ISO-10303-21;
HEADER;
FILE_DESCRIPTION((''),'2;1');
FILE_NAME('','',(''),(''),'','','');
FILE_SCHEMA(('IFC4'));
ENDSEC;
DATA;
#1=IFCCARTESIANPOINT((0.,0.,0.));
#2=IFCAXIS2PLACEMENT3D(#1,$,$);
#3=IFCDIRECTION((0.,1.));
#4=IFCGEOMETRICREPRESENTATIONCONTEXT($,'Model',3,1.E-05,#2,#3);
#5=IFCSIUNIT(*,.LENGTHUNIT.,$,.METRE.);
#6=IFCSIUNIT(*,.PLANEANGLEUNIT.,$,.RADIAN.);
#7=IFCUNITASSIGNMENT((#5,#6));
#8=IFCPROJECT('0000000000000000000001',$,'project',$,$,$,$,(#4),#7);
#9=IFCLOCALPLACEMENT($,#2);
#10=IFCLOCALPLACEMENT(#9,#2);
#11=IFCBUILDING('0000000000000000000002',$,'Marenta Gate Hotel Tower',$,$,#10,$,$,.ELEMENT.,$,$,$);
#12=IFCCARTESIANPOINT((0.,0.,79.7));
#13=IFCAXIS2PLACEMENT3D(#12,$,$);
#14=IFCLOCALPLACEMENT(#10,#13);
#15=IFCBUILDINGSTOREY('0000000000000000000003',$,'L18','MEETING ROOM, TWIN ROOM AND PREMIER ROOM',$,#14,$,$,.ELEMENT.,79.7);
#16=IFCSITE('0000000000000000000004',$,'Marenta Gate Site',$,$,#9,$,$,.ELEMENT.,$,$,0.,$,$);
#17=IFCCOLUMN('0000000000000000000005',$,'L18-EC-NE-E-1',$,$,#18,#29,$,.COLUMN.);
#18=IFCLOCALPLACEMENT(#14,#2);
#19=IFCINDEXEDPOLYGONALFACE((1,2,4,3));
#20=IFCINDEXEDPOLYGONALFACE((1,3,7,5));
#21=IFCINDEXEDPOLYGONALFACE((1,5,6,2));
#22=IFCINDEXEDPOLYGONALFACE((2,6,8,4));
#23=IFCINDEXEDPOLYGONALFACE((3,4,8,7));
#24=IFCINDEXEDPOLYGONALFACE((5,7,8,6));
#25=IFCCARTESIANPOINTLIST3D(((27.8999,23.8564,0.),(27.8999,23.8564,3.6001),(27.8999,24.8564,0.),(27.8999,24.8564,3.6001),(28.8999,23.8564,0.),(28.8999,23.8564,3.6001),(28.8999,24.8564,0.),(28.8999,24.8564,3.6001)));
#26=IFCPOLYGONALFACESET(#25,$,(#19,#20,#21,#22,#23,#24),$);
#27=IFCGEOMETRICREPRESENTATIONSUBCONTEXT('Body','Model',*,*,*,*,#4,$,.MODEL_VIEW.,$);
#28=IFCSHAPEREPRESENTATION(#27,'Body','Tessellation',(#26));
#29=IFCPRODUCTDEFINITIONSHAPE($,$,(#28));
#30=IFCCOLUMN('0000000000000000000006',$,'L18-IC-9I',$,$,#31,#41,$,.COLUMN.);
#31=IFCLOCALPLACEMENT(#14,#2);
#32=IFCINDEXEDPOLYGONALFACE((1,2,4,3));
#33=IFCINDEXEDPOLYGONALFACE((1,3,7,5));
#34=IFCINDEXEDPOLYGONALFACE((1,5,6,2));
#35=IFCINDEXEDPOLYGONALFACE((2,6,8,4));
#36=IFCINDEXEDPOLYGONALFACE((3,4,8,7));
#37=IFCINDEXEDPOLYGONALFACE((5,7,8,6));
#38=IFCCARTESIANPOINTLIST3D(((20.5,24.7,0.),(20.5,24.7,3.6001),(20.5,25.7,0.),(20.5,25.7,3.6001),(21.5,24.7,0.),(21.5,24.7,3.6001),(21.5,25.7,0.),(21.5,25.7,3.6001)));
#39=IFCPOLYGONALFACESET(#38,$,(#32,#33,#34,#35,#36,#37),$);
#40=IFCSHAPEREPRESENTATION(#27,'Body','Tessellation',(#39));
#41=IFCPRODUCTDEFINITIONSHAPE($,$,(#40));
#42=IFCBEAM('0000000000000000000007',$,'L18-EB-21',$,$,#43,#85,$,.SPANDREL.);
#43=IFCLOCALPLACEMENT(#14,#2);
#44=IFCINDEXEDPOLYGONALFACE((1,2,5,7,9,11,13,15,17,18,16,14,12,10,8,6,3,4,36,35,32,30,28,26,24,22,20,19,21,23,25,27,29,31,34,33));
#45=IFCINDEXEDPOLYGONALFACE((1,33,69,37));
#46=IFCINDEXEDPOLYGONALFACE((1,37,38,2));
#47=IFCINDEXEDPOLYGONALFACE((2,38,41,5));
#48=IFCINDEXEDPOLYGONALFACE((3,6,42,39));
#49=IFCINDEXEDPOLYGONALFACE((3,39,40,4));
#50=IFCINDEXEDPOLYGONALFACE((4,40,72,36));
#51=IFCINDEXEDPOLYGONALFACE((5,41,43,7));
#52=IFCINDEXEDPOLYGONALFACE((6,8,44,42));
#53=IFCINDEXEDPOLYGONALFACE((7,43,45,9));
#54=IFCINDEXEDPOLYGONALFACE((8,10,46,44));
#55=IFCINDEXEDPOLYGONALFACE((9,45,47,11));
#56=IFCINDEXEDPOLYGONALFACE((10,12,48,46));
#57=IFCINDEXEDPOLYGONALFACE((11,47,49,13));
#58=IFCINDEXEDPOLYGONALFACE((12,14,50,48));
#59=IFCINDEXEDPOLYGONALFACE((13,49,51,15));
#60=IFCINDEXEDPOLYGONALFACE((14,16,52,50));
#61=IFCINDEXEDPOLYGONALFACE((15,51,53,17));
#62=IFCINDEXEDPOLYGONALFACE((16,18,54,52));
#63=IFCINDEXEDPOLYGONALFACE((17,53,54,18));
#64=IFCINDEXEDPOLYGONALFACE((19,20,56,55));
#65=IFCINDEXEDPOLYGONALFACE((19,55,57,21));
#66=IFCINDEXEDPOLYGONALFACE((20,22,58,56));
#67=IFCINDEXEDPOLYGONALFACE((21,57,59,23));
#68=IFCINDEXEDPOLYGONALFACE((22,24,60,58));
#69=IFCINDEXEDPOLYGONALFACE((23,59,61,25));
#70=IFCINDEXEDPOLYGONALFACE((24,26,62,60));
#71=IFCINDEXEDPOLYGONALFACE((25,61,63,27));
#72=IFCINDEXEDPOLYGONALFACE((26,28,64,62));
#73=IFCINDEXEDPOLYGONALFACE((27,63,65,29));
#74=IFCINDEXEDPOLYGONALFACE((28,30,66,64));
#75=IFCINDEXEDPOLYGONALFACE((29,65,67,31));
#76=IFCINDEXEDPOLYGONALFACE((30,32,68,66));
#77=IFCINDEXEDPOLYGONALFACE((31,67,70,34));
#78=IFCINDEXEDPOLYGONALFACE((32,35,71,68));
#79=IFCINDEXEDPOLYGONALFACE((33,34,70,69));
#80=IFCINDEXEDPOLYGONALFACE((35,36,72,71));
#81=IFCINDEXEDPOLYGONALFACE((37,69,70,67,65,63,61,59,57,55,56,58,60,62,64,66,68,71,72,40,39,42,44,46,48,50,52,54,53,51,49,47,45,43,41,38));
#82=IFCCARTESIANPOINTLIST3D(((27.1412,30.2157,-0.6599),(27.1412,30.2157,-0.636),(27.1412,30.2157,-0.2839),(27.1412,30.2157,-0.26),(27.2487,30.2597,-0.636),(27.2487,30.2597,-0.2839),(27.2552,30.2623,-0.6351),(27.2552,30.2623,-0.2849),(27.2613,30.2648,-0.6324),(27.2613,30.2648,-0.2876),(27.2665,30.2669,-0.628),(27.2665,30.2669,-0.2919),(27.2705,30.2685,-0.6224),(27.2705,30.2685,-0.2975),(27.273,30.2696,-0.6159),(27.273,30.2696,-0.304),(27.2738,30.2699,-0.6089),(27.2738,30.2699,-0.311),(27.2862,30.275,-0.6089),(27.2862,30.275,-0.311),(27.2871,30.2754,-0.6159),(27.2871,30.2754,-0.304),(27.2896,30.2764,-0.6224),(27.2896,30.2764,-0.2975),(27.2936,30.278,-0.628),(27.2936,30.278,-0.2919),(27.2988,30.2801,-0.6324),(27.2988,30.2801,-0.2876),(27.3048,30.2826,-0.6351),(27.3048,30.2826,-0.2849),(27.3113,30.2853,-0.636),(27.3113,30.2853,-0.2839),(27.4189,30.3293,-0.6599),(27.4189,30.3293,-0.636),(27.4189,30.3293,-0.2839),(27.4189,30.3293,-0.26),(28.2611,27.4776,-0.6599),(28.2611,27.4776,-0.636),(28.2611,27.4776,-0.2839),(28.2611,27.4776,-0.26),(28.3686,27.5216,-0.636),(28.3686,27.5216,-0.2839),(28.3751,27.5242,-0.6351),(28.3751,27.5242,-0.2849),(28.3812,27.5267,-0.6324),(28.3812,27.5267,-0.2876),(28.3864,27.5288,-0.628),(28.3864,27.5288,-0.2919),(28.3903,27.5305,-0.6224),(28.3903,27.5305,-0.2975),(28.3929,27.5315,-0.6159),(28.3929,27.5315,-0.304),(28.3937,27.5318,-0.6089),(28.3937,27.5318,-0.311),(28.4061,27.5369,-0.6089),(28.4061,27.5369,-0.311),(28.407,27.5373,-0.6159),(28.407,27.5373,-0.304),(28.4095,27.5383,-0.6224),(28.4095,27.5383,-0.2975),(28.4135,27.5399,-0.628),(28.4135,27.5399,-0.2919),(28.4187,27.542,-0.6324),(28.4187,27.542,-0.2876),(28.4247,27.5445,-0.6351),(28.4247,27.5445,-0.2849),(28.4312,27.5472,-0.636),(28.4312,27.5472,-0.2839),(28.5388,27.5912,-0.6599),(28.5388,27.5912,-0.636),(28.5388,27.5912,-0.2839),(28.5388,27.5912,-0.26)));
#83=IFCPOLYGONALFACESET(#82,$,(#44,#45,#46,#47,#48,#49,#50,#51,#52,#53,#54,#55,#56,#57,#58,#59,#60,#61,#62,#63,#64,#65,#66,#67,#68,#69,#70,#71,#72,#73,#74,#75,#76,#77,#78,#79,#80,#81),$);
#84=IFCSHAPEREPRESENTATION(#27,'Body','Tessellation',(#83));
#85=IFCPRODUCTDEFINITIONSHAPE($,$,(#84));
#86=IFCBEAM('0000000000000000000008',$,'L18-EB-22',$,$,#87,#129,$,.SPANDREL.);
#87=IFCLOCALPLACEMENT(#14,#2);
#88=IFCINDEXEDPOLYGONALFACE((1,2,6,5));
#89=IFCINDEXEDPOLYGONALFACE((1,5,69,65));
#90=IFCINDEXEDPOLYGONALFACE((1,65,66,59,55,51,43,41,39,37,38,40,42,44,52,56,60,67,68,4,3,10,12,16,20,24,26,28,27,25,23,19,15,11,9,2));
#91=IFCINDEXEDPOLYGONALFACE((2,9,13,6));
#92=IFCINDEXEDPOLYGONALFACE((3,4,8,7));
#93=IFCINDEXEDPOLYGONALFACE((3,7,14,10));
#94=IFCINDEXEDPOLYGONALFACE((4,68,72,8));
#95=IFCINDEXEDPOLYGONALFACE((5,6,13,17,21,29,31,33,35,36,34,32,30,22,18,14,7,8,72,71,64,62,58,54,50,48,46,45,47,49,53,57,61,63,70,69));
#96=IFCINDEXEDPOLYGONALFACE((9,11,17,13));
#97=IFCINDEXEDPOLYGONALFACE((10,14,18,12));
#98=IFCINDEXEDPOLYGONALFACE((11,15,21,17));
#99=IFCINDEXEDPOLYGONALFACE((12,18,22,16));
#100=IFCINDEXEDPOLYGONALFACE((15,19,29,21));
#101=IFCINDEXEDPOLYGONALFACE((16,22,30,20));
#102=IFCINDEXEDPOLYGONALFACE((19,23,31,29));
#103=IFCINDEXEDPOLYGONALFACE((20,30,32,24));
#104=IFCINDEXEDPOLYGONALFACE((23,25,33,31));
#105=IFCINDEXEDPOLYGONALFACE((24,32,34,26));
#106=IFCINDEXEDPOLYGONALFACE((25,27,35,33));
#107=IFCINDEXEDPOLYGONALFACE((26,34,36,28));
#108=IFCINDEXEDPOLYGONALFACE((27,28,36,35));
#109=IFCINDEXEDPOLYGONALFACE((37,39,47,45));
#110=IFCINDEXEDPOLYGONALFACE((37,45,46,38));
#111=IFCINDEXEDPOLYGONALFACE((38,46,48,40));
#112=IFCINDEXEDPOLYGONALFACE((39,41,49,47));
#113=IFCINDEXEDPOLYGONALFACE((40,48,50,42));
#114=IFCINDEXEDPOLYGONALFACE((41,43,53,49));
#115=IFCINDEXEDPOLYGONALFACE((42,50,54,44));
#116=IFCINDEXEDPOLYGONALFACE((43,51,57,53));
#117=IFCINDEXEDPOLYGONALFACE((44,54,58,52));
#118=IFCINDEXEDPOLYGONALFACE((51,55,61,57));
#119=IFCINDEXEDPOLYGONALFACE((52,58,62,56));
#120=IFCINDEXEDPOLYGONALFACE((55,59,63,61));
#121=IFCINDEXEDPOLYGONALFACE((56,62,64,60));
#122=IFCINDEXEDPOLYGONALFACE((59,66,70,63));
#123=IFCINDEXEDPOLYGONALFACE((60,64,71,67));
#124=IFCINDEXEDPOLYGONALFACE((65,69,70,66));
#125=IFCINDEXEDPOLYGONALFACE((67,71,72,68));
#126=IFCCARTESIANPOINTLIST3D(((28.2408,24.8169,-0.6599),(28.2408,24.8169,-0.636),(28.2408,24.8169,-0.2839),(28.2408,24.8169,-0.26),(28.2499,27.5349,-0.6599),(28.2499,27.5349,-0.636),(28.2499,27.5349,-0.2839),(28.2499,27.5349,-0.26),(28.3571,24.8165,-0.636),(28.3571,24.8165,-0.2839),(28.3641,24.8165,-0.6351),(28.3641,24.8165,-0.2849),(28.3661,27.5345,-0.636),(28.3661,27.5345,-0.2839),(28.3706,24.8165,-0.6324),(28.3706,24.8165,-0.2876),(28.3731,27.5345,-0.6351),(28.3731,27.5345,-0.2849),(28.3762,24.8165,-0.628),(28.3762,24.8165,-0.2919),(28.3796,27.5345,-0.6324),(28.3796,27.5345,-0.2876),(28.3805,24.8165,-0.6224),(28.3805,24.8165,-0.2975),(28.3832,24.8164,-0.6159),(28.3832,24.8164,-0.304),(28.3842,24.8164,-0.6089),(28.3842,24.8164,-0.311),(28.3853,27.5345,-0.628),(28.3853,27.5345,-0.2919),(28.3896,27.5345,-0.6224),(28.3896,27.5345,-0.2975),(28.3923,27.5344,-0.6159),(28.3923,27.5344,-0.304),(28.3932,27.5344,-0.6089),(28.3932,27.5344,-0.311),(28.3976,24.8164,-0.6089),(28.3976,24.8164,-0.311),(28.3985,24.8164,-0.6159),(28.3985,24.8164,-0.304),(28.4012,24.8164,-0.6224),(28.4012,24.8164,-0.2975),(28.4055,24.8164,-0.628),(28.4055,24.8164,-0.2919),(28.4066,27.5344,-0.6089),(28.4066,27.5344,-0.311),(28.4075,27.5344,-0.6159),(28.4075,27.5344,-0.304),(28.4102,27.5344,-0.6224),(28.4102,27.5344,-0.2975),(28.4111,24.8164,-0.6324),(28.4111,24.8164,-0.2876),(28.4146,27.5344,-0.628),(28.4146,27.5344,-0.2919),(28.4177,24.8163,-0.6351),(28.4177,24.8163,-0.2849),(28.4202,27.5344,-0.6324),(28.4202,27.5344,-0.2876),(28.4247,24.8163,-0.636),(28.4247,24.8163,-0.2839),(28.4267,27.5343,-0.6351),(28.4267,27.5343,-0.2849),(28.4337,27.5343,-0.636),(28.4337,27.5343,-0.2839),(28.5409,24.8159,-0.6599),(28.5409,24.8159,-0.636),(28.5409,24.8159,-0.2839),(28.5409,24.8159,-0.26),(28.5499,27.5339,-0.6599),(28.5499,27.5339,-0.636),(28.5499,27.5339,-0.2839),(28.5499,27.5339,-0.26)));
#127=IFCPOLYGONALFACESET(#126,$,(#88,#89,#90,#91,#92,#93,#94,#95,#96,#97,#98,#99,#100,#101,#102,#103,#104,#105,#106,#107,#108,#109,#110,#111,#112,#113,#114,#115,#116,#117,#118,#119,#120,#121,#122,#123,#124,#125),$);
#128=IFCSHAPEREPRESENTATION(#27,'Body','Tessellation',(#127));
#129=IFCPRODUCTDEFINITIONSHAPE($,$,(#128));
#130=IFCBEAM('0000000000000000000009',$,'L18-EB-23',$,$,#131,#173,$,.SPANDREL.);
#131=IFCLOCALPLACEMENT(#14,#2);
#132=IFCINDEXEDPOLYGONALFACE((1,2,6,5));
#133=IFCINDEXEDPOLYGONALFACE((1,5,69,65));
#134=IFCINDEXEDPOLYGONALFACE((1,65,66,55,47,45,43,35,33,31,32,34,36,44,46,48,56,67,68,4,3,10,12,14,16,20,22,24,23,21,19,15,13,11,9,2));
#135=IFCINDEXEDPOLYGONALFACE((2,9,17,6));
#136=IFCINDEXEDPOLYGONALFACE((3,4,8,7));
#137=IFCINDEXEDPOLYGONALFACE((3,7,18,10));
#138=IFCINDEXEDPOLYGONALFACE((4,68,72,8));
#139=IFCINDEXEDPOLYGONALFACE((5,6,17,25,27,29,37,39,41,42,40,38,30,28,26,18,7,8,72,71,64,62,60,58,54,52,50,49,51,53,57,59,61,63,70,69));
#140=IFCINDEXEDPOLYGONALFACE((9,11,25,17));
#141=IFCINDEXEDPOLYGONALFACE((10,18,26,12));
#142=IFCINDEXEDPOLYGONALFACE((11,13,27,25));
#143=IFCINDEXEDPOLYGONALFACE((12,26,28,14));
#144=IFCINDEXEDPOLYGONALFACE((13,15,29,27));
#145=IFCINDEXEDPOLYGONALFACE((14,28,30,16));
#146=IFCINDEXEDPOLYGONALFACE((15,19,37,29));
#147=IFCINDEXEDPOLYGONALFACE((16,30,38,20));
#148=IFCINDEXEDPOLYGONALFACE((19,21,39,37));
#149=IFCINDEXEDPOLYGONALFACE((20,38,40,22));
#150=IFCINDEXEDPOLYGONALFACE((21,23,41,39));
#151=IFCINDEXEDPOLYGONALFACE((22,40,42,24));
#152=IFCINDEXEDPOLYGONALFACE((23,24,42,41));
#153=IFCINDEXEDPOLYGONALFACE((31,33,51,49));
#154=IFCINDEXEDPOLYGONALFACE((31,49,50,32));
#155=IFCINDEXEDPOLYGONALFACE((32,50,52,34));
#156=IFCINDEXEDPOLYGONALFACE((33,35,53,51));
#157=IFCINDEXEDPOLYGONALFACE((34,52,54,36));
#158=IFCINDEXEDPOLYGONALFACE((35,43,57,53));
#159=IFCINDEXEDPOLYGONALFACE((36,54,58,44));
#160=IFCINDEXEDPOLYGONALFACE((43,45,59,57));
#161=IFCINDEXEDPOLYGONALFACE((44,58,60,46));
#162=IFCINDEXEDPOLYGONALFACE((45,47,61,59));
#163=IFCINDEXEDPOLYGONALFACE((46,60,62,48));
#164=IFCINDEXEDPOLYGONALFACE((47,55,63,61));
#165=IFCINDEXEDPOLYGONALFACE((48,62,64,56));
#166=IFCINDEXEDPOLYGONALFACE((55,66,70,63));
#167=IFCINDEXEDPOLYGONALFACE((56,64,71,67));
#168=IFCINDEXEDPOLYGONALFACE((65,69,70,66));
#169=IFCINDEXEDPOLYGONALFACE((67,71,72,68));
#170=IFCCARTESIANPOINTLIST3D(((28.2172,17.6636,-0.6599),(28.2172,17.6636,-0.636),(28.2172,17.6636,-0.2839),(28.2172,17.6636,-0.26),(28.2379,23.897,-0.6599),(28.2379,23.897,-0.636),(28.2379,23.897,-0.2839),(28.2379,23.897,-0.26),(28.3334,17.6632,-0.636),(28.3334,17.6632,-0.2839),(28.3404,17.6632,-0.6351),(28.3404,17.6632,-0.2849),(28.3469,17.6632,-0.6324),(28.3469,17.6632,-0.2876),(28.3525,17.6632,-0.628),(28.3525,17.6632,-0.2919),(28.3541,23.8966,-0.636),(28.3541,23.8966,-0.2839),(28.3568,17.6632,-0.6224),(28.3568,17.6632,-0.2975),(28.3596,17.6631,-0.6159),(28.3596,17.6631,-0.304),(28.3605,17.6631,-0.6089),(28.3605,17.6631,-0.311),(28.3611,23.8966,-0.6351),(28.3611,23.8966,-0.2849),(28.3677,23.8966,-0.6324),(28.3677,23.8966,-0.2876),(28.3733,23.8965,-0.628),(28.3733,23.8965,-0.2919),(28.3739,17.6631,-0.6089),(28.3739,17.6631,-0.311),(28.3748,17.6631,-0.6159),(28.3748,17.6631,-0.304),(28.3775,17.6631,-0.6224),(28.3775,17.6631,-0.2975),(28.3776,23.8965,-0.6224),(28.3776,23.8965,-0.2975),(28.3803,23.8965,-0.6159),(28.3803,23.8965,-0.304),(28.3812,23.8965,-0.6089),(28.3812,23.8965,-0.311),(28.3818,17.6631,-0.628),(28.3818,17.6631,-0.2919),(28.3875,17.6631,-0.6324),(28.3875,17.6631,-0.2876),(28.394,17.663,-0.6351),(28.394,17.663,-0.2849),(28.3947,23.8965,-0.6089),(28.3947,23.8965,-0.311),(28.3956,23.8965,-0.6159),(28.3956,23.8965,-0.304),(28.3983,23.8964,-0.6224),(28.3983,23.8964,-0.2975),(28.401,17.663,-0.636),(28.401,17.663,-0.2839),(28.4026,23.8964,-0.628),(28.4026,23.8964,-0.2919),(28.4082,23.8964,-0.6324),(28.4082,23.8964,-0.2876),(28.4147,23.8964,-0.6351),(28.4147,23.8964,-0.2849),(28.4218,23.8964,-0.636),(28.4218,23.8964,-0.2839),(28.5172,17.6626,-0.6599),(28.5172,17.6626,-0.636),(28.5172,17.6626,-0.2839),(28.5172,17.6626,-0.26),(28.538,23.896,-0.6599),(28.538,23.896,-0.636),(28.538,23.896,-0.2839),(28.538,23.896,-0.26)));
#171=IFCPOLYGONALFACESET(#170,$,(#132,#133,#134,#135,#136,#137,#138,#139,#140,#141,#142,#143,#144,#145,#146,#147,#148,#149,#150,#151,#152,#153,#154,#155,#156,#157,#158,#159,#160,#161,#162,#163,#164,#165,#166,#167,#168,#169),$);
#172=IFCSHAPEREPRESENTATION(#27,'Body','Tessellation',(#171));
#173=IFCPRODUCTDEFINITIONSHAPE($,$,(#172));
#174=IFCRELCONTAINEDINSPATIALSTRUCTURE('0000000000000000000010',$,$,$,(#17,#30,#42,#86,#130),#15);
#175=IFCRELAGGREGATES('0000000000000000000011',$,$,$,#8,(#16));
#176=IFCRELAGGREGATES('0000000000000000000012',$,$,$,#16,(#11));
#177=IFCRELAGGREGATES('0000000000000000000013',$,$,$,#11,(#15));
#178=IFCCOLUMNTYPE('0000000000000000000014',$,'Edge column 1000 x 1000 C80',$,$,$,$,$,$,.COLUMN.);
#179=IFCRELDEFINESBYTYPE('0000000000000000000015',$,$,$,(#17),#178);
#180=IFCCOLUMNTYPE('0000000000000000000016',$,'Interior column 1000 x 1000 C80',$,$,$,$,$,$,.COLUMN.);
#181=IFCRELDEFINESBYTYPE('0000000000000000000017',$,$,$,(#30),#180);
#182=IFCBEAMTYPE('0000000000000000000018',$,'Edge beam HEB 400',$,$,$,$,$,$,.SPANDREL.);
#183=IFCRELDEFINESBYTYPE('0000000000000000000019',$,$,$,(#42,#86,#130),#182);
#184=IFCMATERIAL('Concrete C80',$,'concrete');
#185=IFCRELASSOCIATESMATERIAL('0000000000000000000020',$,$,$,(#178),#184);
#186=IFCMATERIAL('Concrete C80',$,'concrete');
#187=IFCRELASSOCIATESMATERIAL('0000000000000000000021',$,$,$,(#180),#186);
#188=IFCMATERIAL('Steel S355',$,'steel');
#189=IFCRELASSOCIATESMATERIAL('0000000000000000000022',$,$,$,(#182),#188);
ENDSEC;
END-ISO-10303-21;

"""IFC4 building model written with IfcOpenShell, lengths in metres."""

from ifc_helpers import new_model, si_unit, direction, frame, origin, origin_2d, place, context, subcontext, project, spatial, rectangle, i_section, extrude, material, material_profile, profile_set, type_object, element, save


model = new_model("IFC4")

# Units and contexts
model_context = context("Model", 3, precision=1e-05, world=origin(), true_north=direction((0.0, 1.0)))
body_context = subcontext(model_context, "Body", "Model", "MODEL_VIEW")
ifc_project = project(units=[si_unit("LENGTHUNIT", "METRE"), si_unit("PLANEANGLEUNIT", "RADIAN")], contexts=[model_context])

# Site, building, storey
site_placement = place(None, origin())
site = spatial("IfcSite", under=ifc_project, at=site_placement, Name="Marenta Gate Site", CompositionType="ELEMENT", RefElevation=0.0)
building_placement = place(site_placement, origin())
building = spatial("IfcBuilding", under=site, at=building_placement, Name="Marenta Gate Hotel Tower", CompositionType="ELEMENT")
storey_placement = place(building_placement, frame((0.0, 0.0, 79.7)))
storey = spatial("IfcBuildingStorey", under=building, at=storey_placement, Name="L18", Description="MEETING ROOM, TWIN ROOM AND PREMIER ROOM", CompositionType="ELEMENT", Elevation=79.7)

# Columns
ifc_material_1 = material(Name="Concrete C80", Category="concrete")
ifc_material_profile_1 = material_profile(ifc_material_1, rectangle(XDim=1.0, YDim=1.0, at=origin_2d()), Name="1000 x 1000")
ifc_profile_set_1 = profile_set([ifc_material_profile_1], Name="Concrete C80")
column_type_1 = type_object("IfcColumnType", Name="Edge column 1000 x 1000 C80", PredefinedType="COLUMN", material=ifc_profile_set_1)
column_1_placement = place(storey_placement, frame((28.3999, 24.3564, 0.0), z_axis=(0.0, 0.0, 1.0), x_axis=(1.0, 0.0, 0.0)))
element("IfcColumn", 1, at=column_1_placement, inside=storey, type_object=column_type_1, Name="L18-EC-NE-E-1", PredefinedType="COLUMN", context=body_context, shape_type="SweptSolid", body=[
    extrude(rectangle(XDim=1.0, YDim=1.0, at=origin_2d()), origin(), (0.0, 0.0, 1.0), 3.6001),
])
ifc_material_2 = material(Name="Concrete C80", Category="concrete")
ifc_material_profile_2 = material_profile(ifc_material_2, rectangle(XDim=1.0, YDim=1.0, at=origin_2d()), Name="1000 x 1000")
ifc_profile_set_2 = profile_set([ifc_material_profile_2], Name="Concrete C80")
column_type_2 = type_object("IfcColumnType", Name="Interior column 1000 x 1000 C80", PredefinedType="COLUMN", material=ifc_profile_set_2)
column_2_placement = place(storey_placement, frame((21.0, 25.2, 0.0), z_axis=(0.0, 0.0, 1.0), x_axis=(1.0, 0.0, 0.0)))
element("IfcColumn", 2, at=column_2_placement, inside=storey, type_object=column_type_2, Name="L18-IC-9I", PredefinedType="COLUMN", context=body_context, shape_type="SweptSolid", body=[
    extrude(rectangle(XDim=1.0, YDim=1.0, at=origin_2d()), origin(), (0.0, 0.0, 1.0), 3.6001),
])

# Beams
ifc_material_3 = material(Name="Steel S355", Category="steel")
ifc_material_profile_3 = material_profile(ifc_material_3, i_section(OverallWidth=0.3, OverallDepth=0.3999, WebThickness=0.0134, FlangeThickness=0.0239, FilletRadius=0.0271, at=origin_2d()), Name="HEB 400")
ifc_profile_set_3 = profile_set([ifc_material_profile_3], Name="Steel S355")
beam_type_1 = type_object("IfcBeamType", Name="Edge beam HEB 400", PredefinedType="SPANDREL", material=ifc_profile_set_3)
beam_1_placement = place(storey_placement, frame((27.28, 30.2725, -0.46), z_axis=(0.378565, -0.925575, 0.0), x_axis=(0.925575, 0.378565, 0.0)))
element("IfcBeam", 3, at=beam_1_placement, inside=storey, type_object=beam_type_1, Name="L18-EB-21", PredefinedType="SPANDREL", context=body_context, shape_type="SweptSolid", body=[
    extrude(i_section(OverallWidth=0.3, OverallDepth=0.3999, WebThickness=0.0134, FlangeThickness=0.0239, FilletRadius=0.0271, at=origin_2d()), origin(), (0.0, 0.0, 1.0), 2.9583),
])
beam_2_placement = place(storey_placement, frame((28.3999, 27.5344, -0.46), z_axis=(-0.003323, -0.999994, 0.0), x_axis=(0.999994, -0.003323, 0.0)))
element("IfcBeam", 4, at=beam_2_placement, inside=storey, type_object=beam_type_1, Name="L18-EB-22", PredefinedType="SPANDREL", context=body_context, shape_type="SweptSolid", body=[
    extrude(i_section(OverallWidth=0.3, OverallDepth=0.3999, WebThickness=0.0134, FlangeThickness=0.0239, FilletRadius=0.0271, at=origin_2d()), origin(), (0.0, 0.0, 1.0), 2.718),
])
beam_3_placement = place(storey_placement, frame((28.3879, 23.8965, -0.46), z_axis=(-0.003329, -0.999994, 0.0), x_axis=(0.999994, -0.003329, 0.0)))
element("IfcBeam", 5, at=beam_3_placement, inside=storey, type_object=beam_type_1, Name="L18-EB-23", PredefinedType="SPANDREL", context=body_context, shape_type="SweptSolid", body=[
    extrude(i_section(OverallWidth=0.3, OverallDepth=0.3999, WebThickness=0.0134, FlangeThickness=0.0239, FilletRadius=0.0271, at=origin_2d()), origin(), (0.0, 0.0, 1.0), 6.2334),
])

save(model, "model.ifc")
